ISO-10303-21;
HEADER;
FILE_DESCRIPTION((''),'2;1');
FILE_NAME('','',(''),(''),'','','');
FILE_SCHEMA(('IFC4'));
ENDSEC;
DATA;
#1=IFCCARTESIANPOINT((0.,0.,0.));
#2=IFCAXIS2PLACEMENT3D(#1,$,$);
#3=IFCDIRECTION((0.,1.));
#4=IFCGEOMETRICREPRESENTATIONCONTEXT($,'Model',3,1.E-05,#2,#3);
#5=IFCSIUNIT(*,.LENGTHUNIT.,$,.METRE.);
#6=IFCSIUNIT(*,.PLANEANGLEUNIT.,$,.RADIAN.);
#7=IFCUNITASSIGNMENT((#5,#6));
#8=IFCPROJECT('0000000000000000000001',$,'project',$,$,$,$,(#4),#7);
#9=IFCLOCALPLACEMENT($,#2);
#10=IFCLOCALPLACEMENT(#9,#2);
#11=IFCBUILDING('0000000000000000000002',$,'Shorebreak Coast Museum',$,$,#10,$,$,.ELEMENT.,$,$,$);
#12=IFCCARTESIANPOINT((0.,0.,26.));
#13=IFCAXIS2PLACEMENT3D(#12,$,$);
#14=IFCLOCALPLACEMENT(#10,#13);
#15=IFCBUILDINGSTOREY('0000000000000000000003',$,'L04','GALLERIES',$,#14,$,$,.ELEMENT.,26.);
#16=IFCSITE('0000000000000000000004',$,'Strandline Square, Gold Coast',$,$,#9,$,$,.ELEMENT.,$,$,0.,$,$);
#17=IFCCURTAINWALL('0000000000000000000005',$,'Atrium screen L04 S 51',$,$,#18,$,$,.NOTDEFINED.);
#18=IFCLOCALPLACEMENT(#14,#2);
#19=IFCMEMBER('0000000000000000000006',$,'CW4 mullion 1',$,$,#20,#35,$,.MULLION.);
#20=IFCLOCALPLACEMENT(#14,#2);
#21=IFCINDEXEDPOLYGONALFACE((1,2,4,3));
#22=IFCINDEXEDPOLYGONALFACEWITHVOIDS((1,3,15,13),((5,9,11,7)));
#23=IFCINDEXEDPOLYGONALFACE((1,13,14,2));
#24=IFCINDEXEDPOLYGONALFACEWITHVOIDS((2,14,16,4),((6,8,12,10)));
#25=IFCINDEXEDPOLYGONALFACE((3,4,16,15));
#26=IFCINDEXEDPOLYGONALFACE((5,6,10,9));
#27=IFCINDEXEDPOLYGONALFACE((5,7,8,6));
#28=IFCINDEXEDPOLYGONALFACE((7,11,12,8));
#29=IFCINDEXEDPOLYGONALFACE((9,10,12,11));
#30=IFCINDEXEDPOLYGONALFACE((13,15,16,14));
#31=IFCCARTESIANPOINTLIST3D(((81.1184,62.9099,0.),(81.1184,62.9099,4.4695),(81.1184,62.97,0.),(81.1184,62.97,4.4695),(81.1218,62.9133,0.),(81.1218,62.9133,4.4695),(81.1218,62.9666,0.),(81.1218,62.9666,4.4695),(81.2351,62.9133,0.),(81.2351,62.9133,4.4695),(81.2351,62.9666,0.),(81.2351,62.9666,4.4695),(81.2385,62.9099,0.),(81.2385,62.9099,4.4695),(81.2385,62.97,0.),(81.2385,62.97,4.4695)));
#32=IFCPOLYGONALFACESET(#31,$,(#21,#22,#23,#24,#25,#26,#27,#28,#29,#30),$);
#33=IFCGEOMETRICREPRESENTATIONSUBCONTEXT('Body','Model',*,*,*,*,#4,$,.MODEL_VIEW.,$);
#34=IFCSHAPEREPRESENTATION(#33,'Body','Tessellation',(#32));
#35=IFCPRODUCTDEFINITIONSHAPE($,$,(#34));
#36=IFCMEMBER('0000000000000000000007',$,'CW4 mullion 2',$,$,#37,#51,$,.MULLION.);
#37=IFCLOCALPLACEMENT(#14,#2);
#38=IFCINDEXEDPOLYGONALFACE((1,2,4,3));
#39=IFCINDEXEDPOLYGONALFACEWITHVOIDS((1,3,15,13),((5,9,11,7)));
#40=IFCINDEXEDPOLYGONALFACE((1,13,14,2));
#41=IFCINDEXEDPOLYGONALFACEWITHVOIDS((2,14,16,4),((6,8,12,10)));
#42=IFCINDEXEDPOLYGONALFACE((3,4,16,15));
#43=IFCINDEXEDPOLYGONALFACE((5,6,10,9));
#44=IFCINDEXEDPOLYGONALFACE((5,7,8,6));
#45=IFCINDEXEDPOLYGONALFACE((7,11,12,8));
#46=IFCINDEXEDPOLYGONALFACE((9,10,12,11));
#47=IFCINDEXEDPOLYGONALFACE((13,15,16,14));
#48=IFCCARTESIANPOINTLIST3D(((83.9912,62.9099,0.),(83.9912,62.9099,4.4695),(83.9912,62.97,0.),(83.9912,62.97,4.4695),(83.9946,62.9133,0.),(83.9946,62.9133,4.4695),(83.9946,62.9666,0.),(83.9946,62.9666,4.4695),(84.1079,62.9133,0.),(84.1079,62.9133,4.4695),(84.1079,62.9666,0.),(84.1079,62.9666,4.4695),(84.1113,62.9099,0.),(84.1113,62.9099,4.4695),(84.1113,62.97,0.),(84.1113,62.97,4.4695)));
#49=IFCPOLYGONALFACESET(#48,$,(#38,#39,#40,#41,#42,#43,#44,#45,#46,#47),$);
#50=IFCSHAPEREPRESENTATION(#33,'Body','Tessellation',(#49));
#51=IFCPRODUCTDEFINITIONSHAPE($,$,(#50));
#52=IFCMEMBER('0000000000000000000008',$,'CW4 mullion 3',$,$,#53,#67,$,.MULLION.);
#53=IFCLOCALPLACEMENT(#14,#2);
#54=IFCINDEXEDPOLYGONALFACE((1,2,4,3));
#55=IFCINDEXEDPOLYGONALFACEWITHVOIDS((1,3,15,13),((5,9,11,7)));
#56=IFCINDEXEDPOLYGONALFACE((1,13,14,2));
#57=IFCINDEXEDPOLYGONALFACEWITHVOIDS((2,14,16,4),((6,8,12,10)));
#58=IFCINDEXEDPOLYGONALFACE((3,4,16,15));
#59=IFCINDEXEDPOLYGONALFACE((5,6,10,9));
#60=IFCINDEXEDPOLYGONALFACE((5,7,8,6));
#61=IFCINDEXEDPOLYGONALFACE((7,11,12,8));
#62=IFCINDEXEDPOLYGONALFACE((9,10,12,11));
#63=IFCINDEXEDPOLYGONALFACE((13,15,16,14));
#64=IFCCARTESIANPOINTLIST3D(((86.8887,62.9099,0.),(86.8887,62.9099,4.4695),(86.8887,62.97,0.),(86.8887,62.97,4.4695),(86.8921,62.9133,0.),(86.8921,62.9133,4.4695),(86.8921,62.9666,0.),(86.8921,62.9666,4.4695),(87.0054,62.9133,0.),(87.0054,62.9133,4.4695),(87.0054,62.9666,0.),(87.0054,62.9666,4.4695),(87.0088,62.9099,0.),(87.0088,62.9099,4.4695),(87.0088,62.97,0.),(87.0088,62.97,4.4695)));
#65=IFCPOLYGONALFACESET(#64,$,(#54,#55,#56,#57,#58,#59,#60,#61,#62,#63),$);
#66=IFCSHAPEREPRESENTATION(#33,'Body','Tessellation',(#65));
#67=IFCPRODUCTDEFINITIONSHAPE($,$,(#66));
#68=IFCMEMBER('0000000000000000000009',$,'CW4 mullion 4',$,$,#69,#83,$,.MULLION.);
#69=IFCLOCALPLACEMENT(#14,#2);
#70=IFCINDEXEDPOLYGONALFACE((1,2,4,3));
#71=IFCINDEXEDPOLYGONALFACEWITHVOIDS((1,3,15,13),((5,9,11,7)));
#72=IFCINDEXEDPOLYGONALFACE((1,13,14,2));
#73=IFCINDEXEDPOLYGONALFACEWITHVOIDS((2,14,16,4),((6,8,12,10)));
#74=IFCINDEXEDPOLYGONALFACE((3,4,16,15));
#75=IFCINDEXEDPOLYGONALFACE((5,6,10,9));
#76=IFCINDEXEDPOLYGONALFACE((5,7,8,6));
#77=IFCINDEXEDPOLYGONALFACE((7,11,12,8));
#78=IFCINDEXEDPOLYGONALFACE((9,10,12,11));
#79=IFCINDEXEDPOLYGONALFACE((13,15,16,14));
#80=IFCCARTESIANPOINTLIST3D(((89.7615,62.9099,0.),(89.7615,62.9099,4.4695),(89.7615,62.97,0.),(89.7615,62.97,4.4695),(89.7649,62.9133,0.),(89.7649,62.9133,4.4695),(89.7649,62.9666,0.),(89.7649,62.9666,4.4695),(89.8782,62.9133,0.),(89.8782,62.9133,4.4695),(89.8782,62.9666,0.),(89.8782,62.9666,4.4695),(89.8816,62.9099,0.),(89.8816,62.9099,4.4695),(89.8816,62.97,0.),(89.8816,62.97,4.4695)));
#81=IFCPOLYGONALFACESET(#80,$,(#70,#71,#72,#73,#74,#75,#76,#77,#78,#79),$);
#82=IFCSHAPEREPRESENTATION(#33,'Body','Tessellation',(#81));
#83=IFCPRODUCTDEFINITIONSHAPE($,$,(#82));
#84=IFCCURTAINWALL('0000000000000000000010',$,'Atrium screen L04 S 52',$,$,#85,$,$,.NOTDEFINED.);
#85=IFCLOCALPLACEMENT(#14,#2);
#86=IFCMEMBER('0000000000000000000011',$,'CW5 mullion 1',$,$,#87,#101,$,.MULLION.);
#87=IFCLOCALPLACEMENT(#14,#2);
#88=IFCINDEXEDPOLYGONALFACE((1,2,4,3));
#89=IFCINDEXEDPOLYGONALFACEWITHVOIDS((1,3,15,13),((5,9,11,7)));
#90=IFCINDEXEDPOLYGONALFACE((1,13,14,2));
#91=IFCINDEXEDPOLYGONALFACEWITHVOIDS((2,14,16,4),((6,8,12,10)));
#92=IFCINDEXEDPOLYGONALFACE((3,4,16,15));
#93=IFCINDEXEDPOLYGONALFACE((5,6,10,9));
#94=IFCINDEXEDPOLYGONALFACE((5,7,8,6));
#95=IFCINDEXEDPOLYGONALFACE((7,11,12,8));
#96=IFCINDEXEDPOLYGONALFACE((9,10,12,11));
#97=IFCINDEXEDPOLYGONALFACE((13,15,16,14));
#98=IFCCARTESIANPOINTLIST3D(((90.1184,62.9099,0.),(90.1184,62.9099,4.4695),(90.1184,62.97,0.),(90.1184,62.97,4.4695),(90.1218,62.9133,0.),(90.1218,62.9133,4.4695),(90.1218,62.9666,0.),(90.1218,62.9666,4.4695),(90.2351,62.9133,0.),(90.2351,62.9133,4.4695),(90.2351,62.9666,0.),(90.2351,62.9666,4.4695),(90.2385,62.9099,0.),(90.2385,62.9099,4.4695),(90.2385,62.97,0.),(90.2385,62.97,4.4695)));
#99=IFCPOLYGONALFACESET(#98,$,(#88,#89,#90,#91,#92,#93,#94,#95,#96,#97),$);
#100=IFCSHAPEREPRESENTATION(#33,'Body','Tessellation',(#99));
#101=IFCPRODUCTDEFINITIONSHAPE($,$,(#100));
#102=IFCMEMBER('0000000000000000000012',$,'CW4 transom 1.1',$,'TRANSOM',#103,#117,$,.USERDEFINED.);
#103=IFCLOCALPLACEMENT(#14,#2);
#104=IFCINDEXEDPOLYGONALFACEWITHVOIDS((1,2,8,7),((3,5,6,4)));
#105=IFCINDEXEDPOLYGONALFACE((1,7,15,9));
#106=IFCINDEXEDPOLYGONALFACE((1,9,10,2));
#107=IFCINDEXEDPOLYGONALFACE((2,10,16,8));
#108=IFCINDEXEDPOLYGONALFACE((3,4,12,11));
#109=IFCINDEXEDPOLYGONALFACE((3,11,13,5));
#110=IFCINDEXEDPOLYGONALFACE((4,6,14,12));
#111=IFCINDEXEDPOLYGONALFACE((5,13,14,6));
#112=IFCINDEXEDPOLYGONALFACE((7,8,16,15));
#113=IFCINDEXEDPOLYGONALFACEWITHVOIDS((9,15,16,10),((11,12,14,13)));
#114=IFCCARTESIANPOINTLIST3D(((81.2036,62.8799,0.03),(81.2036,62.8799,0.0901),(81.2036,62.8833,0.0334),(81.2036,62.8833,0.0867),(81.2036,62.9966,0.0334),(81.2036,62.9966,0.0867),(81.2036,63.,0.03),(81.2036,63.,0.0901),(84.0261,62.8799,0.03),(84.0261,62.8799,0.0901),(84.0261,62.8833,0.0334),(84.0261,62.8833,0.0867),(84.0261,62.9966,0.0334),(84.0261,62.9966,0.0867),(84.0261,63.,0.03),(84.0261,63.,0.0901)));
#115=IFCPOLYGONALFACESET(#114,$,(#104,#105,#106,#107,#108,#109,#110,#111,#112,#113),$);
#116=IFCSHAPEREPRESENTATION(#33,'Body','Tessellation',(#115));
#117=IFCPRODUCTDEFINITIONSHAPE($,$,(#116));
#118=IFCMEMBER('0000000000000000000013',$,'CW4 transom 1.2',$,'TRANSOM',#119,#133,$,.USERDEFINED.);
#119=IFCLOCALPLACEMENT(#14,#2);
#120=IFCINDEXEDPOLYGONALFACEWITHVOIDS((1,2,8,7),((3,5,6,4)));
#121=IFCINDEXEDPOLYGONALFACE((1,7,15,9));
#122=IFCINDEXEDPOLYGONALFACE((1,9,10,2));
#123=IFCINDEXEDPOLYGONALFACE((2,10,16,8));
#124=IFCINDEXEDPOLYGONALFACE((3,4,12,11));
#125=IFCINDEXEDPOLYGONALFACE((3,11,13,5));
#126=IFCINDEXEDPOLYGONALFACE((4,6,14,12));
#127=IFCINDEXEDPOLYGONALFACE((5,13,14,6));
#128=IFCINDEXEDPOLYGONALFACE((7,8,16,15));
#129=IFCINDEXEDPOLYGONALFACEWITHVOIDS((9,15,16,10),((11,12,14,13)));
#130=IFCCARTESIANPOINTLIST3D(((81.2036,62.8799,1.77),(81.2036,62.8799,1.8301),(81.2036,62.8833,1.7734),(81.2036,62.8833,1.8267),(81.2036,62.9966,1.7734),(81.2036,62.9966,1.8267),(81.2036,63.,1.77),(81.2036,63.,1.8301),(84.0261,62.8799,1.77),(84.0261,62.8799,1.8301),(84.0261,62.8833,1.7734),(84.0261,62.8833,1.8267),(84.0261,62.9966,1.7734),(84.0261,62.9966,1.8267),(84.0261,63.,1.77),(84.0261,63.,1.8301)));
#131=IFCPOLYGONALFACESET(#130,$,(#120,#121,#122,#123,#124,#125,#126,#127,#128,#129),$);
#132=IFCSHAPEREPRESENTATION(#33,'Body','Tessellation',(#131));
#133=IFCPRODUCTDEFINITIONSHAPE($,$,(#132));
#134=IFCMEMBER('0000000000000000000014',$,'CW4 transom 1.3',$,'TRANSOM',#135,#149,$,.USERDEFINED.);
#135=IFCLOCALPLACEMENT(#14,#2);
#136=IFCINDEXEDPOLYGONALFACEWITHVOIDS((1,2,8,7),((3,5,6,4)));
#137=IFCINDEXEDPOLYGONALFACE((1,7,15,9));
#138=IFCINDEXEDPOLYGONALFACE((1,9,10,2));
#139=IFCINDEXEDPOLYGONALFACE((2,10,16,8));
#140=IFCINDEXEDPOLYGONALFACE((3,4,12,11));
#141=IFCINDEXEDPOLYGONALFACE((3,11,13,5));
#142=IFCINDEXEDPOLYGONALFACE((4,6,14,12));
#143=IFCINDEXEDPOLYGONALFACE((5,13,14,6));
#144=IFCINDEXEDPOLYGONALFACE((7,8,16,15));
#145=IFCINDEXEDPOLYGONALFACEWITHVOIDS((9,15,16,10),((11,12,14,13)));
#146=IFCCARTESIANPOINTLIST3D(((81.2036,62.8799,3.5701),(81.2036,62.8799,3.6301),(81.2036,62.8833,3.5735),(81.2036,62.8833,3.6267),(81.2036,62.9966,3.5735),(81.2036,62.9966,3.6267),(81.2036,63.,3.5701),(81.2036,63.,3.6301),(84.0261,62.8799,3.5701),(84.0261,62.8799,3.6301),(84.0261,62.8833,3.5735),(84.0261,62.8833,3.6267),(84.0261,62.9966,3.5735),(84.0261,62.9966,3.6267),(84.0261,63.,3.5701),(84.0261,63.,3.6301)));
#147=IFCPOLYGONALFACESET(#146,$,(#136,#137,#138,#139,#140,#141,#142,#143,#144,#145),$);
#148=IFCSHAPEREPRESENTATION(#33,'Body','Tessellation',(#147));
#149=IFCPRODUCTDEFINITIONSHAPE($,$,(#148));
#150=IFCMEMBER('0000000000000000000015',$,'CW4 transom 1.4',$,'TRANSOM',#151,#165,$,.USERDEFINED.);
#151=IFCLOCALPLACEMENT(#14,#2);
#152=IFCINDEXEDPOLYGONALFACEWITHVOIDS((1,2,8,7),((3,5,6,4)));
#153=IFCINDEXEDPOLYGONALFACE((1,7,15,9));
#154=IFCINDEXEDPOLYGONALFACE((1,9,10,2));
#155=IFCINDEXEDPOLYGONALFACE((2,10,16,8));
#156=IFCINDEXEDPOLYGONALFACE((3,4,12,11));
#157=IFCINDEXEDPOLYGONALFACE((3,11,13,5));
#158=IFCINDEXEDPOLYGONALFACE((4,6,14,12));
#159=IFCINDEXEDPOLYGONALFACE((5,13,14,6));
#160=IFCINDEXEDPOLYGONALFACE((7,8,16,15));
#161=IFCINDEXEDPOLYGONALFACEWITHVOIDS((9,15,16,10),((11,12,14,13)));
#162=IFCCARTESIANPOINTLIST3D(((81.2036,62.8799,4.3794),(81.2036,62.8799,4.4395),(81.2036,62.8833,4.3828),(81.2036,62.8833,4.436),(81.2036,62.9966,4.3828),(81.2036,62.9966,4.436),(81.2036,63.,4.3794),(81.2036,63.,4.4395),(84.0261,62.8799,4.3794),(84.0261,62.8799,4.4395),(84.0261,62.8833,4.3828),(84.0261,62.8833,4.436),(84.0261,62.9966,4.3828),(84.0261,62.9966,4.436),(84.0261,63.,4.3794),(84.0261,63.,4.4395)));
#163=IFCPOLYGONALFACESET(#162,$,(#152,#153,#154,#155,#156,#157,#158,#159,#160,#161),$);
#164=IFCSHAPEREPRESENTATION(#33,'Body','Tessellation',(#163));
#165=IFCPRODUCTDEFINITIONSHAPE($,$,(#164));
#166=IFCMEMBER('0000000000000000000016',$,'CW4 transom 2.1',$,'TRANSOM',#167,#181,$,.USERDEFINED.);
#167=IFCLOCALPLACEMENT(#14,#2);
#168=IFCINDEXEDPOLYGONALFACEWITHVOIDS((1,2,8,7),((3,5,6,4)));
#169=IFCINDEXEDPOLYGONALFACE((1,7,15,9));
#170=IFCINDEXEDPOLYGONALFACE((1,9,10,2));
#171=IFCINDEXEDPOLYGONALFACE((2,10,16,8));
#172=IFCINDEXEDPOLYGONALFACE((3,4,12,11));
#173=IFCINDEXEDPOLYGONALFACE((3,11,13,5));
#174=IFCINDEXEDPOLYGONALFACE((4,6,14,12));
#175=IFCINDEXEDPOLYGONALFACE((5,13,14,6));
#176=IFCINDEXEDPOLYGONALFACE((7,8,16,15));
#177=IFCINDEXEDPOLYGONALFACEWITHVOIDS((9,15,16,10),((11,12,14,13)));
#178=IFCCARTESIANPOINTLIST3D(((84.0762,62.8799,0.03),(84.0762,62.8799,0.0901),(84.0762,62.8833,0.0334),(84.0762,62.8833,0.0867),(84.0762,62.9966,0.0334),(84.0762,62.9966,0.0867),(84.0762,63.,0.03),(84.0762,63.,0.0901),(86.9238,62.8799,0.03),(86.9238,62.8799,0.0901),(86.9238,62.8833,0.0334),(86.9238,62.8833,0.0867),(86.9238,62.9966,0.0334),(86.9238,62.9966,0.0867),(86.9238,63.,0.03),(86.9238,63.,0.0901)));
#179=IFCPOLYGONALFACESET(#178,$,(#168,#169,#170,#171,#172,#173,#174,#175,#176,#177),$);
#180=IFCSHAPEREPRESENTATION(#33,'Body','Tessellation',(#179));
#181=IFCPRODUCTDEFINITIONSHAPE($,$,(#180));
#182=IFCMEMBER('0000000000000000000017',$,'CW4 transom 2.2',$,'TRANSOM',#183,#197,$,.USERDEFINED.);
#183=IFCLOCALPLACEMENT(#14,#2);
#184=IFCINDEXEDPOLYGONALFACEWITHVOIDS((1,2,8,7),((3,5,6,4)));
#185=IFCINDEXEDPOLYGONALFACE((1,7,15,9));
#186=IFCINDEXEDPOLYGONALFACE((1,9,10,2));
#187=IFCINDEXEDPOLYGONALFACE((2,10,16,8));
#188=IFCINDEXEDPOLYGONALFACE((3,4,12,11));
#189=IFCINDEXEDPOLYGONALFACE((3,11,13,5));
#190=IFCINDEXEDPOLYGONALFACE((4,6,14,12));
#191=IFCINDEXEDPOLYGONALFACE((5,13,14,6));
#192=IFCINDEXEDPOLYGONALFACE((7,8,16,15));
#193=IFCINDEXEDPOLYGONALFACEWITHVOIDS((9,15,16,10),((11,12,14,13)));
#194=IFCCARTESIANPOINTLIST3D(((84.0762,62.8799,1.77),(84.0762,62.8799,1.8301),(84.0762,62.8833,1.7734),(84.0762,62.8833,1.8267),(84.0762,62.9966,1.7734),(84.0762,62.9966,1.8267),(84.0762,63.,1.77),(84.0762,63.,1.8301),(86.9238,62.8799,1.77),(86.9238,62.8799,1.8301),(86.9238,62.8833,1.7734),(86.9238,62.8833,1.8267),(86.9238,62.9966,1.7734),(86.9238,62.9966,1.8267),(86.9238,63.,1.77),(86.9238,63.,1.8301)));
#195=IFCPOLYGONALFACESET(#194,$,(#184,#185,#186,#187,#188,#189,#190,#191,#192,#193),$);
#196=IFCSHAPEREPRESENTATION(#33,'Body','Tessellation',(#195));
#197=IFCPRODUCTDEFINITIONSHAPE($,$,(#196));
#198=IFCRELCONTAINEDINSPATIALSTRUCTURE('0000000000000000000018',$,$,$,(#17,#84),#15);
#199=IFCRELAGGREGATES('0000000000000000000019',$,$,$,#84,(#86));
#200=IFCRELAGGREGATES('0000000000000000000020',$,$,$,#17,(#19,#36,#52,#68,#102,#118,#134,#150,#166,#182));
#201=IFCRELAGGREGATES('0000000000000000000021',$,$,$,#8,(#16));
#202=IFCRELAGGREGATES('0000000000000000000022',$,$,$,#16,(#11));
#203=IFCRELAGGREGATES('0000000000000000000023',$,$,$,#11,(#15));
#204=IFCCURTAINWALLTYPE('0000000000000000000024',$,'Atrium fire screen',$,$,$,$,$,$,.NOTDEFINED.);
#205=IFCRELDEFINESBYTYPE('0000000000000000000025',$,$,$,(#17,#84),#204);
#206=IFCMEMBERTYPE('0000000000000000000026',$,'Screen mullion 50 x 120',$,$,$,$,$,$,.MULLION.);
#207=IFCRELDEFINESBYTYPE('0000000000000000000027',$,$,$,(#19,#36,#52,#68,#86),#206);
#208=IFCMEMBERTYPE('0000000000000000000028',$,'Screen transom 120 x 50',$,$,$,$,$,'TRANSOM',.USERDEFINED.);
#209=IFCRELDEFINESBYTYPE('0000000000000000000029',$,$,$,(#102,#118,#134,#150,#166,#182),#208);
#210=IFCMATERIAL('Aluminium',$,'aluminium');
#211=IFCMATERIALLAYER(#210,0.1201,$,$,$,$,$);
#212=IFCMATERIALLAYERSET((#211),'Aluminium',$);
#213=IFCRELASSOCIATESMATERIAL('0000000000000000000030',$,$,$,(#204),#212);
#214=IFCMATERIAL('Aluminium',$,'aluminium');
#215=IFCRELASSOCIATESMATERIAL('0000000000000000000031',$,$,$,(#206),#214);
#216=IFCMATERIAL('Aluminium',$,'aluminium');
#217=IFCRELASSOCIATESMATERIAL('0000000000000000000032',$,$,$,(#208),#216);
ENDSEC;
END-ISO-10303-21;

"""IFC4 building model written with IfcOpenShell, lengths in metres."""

from ifc_helpers import new_model, si_unit, direction, frame, origin, origin_2d, place, context, subcontext, project, spatial, hollow_rectangle, extrude, material, layer, layer_set, material_profile, profile_set, type_object, element, aggregate, save


model = new_model("IFC4")

# Units and contexts
model_context = context("Model", 3, precision=1e-05, world=origin(), true_north=direction((0.0, 1.0)))
body_context = subcontext(model_context, "Body", "Model", "MODEL_VIEW")
ifc_project = project(units=[si_unit("LENGTHUNIT", "METRE"), si_unit("PLANEANGLEUNIT", "RADIAN")], contexts=[model_context])

# Site, building, storey
site_placement = place(None, origin())
site = spatial("IfcSite", under=ifc_project, at=site_placement, Name="Strandline Square, Gold Coast", CompositionType="ELEMENT", RefElevation=0.0)
building_placement = place(site_placement, origin())
building = spatial("IfcBuilding", under=site, at=building_placement, Name="Shorebreak Coast Museum", CompositionType="ELEMENT")
storey_placement = place(building_placement, frame((0.0, 0.0, 26.0)))
storey = spatial("IfcBuildingStorey", under=building, at=storey_placement, Name="L04", Description="GALLERIES", CompositionType="ELEMENT", Elevation=26.0)

# Curtain wall, members
ifc_material_1 = material(Name="Aluminium", Category="aluminium")
ifc_layer_1 = layer(ifc_material_1, 0.1201)
ifc_layer_set_1 = layer_set([ifc_layer_1], Name="Aluminium")
curtain_wall_type = type_object("IfcCurtainWallType", Name="Atrium fire screen", PredefinedType="NOTDEFINED", material=ifc_layer_set_1)
curtain_wall_1_placement = place(storey_placement, origin())
curtain_wall_1 = element("IfcCurtainWall", 1, at=curtain_wall_1_placement, inside=storey, type_object=curtain_wall_type, Name="Atrium screen L04 S 51", PredefinedType="NOTDEFINED")
ifc_material_2 = material(Name="Aluminium", Category="aluminium")
ifc_material_profile_1 = material_profile(ifc_material_2, hollow_rectangle(XDim=0.0601, YDim=0.1201, WallThickness=0.0034, at=origin_2d()), Name="AL 120x60 RHS")
ifc_profile_set_1 = profile_set([ifc_material_profile_1], Name="Aluminium")
member_type_1 = type_object("IfcMemberType", Name="Screen mullion 50 x 120", PredefinedType="MULLION", material=ifc_profile_set_1)
member_1_placement = place(storey_placement, frame((81.1785, 62.9399, 0.0), z_axis=(0.0, 0.0, 1.0), x_axis=(0.0, 1.0, 0.0)))
member_1 = element("IfcMember", 2, at=member_1_placement, type_object=member_type_1, Name="CW4 mullion 1", PredefinedType="MULLION", context=body_context, shape_type="SweptSolid", body=[
    extrude(hollow_rectangle(XDim=0.0601, YDim=0.1201, WallThickness=0.0034, at=origin_2d()), origin(), (0.0, 0.0, 1.0), 4.4695),
])
member_2_placement = place(storey_placement, frame((84.0513, 62.9399, 0.0), z_axis=(0.0, 0.0, 1.0), x_axis=(0.0, 1.0, 0.0)))
member_2 = element("IfcMember", 3, at=member_2_placement, type_object=member_type_1, Name="CW4 mullion 2", PredefinedType="MULLION", context=body_context, shape_type="SweptSolid", body=[
    extrude(hollow_rectangle(XDim=0.0601, YDim=0.1201, WallThickness=0.0034, at=origin_2d()), origin(), (0.0, 0.0, 1.0), 4.4695),
])
member_3_placement = place(storey_placement, frame((86.9487, 62.9399, 0.0), z_axis=(0.0, 0.0, 1.0), x_axis=(0.0, 1.0, 0.0)))
member_3 = element("IfcMember", 4, at=member_3_placement, type_object=member_type_1, Name="CW4 mullion 3", PredefinedType="MULLION", context=body_context, shape_type="SweptSolid", body=[
    extrude(hollow_rectangle(XDim=0.0601, YDim=0.1201, WallThickness=0.0034, at=origin_2d()), origin(), (0.0, 0.0, 1.0), 4.4695),
])
member_4_placement = place(storey_placement, frame((89.8215, 62.9399, 0.0), z_axis=(0.0, 0.0, 1.0), x_axis=(0.0, 1.0, 0.0)))
member_4 = element("IfcMember", 5, at=member_4_placement, type_object=member_type_1, Name="CW4 mullion 4", PredefinedType="MULLION", context=body_context, shape_type="SweptSolid", body=[
    extrude(hollow_rectangle(XDim=0.0601, YDim=0.1201, WallThickness=0.0034, at=origin_2d()), origin(), (0.0, 0.0, 1.0), 4.4695),
])

# Curtain wall, member
curtain_wall_2_placement = place(storey_placement, origin())
curtain_wall_2 = element("IfcCurtainWall", 6, at=curtain_wall_2_placement, inside=storey, type_object=curtain_wall_type, Name="Atrium screen L04 S 52", PredefinedType="NOTDEFINED")
member_5_placement = place(storey_placement, frame((90.1785, 62.9399, 0.0), z_axis=(0.0, 0.0, 1.0), x_axis=(0.0, 1.0, 0.0)))
member_5 = element("IfcMember", 7, at=member_5_placement, type_object=member_type_1, Name="CW5 mullion 1", PredefinedType="MULLION", context=body_context, shape_type="SweptSolid", body=[
    extrude(hollow_rectangle(XDim=0.0601, YDim=0.1201, WallThickness=0.0034, at=origin_2d()), origin(), (0.0, 0.0, 1.0), 4.4695),
])

# Members
ifc_material_3 = material(Name="Aluminium", Category="aluminium")
ifc_material_profile_2 = material_profile(ifc_material_3, hollow_rectangle(XDim=0.1201, YDim=0.0601, WallThickness=0.0034, at=origin_2d()), Name="AL 60x120 RHS")
ifc_profile_set_2 = profile_set([ifc_material_profile_2], Name="Aluminium")
member_type_2 = type_object("IfcMemberType", Name="Screen transom 120 x 50", ElementType="TRANSOM", PredefinedType="USERDEFINED", material=ifc_profile_set_2)
member_6_placement = place(storey_placement, frame((81.2036, 62.9399, 0.0601), z_axis=(1.0, 0.0, 0.0), x_axis=(0.0, 1.0, 0.0)))
member_6 = element("IfcMember", 8, at=member_6_placement, type_object=member_type_2, Name="CW4 transom 1.1", ObjectType="TRANSOM", PredefinedType="USERDEFINED", context=body_context, shape_type="SweptSolid", body=[
    extrude(hollow_rectangle(XDim=0.1201, YDim=0.0601, WallThickness=0.0034, at=origin_2d()), origin(), (0.0, 0.0, 1.0), 2.8225),
])
member_7_placement = place(storey_placement, frame((81.2036, 62.9399, 1.8), z_axis=(1.0, 0.0, 0.0), x_axis=(0.0, 1.0, 0.0)))
member_7 = element("IfcMember", 9, at=member_7_placement, type_object=member_type_2, Name="CW4 transom 1.2", ObjectType="TRANSOM", PredefinedType="USERDEFINED", context=body_context, shape_type="SweptSolid", body=[
    extrude(hollow_rectangle(XDim=0.1201, YDim=0.0601, WallThickness=0.0034, at=origin_2d()), origin(), (0.0, 0.0, 1.0), 2.8225),
])
member_8_placement = place(storey_placement, frame((81.2036, 62.9399, 3.6001), z_axis=(1.0, 0.0, 0.0), x_axis=(0.0, 1.0, 0.0)))
member_8 = element("IfcMember", 10, at=member_8_placement, type_object=member_type_2, Name="CW4 transom 1.3", ObjectType="TRANSOM", PredefinedType="USERDEFINED", context=body_context, shape_type="SweptSolid", body=[
    extrude(hollow_rectangle(XDim=0.1201, YDim=0.0601, WallThickness=0.0034, at=origin_2d()), origin(), (0.0, 0.0, 1.0), 2.8225),
])
member_9_placement = place(storey_placement, frame((81.2036, 62.9399, 4.4094), z_axis=(1.0, 0.0, 0.0), x_axis=(0.0, 1.0, 0.0)))
member_9 = element("IfcMember", 11, at=member_9_placement, type_object=member_type_2, Name="CW4 transom 1.4", ObjectType="TRANSOM", PredefinedType="USERDEFINED", context=body_context, shape_type="SweptSolid", body=[
    extrude(hollow_rectangle(XDim=0.1201, YDim=0.0601, WallThickness=0.0034, at=origin_2d()), origin(), (0.0, 0.0, 1.0), 2.8225),
])
member_10_placement = place(storey_placement, frame((84.0762, 62.9399, 0.0601), z_axis=(1.0, 0.0, 0.0), x_axis=(0.0, 1.0, 0.0)))
member_10 = element("IfcMember", 12, at=member_10_placement, type_object=member_type_2, Name="CW4 transom 2.1", ObjectType="TRANSOM", PredefinedType="USERDEFINED", context=body_context, shape_type="SweptSolid", body=[
    extrude(hollow_rectangle(XDim=0.1201, YDim=0.0601, WallThickness=0.0034, at=origin_2d()), origin(), (0.0, 0.0, 1.0), 2.8477),
])
member_11_placement = place(storey_placement, frame((84.0762, 62.9399, 1.8), z_axis=(1.0, 0.0, 0.0), x_axis=(0.0, 1.0, 0.0)))
member_11 = element("IfcMember", 13, at=member_11_placement, type_object=member_type_2, Name="CW4 transom 2.2", ObjectType="TRANSOM", PredefinedType="USERDEFINED", context=body_context, shape_type="SweptSolid", body=[
    extrude(hollow_rectangle(XDim=0.1201, YDim=0.0601, WallThickness=0.0034, at=origin_2d()), origin(), (0.0, 0.0, 1.0), 2.8477),
])
aggregate(curtain_wall_2, [member_5])

aggregate(curtain_wall_1, [member_1, member_2, member_3, member_4, member_6, member_7, member_8, member_9, member_10, member_11])

save(model, "model.ifc")
